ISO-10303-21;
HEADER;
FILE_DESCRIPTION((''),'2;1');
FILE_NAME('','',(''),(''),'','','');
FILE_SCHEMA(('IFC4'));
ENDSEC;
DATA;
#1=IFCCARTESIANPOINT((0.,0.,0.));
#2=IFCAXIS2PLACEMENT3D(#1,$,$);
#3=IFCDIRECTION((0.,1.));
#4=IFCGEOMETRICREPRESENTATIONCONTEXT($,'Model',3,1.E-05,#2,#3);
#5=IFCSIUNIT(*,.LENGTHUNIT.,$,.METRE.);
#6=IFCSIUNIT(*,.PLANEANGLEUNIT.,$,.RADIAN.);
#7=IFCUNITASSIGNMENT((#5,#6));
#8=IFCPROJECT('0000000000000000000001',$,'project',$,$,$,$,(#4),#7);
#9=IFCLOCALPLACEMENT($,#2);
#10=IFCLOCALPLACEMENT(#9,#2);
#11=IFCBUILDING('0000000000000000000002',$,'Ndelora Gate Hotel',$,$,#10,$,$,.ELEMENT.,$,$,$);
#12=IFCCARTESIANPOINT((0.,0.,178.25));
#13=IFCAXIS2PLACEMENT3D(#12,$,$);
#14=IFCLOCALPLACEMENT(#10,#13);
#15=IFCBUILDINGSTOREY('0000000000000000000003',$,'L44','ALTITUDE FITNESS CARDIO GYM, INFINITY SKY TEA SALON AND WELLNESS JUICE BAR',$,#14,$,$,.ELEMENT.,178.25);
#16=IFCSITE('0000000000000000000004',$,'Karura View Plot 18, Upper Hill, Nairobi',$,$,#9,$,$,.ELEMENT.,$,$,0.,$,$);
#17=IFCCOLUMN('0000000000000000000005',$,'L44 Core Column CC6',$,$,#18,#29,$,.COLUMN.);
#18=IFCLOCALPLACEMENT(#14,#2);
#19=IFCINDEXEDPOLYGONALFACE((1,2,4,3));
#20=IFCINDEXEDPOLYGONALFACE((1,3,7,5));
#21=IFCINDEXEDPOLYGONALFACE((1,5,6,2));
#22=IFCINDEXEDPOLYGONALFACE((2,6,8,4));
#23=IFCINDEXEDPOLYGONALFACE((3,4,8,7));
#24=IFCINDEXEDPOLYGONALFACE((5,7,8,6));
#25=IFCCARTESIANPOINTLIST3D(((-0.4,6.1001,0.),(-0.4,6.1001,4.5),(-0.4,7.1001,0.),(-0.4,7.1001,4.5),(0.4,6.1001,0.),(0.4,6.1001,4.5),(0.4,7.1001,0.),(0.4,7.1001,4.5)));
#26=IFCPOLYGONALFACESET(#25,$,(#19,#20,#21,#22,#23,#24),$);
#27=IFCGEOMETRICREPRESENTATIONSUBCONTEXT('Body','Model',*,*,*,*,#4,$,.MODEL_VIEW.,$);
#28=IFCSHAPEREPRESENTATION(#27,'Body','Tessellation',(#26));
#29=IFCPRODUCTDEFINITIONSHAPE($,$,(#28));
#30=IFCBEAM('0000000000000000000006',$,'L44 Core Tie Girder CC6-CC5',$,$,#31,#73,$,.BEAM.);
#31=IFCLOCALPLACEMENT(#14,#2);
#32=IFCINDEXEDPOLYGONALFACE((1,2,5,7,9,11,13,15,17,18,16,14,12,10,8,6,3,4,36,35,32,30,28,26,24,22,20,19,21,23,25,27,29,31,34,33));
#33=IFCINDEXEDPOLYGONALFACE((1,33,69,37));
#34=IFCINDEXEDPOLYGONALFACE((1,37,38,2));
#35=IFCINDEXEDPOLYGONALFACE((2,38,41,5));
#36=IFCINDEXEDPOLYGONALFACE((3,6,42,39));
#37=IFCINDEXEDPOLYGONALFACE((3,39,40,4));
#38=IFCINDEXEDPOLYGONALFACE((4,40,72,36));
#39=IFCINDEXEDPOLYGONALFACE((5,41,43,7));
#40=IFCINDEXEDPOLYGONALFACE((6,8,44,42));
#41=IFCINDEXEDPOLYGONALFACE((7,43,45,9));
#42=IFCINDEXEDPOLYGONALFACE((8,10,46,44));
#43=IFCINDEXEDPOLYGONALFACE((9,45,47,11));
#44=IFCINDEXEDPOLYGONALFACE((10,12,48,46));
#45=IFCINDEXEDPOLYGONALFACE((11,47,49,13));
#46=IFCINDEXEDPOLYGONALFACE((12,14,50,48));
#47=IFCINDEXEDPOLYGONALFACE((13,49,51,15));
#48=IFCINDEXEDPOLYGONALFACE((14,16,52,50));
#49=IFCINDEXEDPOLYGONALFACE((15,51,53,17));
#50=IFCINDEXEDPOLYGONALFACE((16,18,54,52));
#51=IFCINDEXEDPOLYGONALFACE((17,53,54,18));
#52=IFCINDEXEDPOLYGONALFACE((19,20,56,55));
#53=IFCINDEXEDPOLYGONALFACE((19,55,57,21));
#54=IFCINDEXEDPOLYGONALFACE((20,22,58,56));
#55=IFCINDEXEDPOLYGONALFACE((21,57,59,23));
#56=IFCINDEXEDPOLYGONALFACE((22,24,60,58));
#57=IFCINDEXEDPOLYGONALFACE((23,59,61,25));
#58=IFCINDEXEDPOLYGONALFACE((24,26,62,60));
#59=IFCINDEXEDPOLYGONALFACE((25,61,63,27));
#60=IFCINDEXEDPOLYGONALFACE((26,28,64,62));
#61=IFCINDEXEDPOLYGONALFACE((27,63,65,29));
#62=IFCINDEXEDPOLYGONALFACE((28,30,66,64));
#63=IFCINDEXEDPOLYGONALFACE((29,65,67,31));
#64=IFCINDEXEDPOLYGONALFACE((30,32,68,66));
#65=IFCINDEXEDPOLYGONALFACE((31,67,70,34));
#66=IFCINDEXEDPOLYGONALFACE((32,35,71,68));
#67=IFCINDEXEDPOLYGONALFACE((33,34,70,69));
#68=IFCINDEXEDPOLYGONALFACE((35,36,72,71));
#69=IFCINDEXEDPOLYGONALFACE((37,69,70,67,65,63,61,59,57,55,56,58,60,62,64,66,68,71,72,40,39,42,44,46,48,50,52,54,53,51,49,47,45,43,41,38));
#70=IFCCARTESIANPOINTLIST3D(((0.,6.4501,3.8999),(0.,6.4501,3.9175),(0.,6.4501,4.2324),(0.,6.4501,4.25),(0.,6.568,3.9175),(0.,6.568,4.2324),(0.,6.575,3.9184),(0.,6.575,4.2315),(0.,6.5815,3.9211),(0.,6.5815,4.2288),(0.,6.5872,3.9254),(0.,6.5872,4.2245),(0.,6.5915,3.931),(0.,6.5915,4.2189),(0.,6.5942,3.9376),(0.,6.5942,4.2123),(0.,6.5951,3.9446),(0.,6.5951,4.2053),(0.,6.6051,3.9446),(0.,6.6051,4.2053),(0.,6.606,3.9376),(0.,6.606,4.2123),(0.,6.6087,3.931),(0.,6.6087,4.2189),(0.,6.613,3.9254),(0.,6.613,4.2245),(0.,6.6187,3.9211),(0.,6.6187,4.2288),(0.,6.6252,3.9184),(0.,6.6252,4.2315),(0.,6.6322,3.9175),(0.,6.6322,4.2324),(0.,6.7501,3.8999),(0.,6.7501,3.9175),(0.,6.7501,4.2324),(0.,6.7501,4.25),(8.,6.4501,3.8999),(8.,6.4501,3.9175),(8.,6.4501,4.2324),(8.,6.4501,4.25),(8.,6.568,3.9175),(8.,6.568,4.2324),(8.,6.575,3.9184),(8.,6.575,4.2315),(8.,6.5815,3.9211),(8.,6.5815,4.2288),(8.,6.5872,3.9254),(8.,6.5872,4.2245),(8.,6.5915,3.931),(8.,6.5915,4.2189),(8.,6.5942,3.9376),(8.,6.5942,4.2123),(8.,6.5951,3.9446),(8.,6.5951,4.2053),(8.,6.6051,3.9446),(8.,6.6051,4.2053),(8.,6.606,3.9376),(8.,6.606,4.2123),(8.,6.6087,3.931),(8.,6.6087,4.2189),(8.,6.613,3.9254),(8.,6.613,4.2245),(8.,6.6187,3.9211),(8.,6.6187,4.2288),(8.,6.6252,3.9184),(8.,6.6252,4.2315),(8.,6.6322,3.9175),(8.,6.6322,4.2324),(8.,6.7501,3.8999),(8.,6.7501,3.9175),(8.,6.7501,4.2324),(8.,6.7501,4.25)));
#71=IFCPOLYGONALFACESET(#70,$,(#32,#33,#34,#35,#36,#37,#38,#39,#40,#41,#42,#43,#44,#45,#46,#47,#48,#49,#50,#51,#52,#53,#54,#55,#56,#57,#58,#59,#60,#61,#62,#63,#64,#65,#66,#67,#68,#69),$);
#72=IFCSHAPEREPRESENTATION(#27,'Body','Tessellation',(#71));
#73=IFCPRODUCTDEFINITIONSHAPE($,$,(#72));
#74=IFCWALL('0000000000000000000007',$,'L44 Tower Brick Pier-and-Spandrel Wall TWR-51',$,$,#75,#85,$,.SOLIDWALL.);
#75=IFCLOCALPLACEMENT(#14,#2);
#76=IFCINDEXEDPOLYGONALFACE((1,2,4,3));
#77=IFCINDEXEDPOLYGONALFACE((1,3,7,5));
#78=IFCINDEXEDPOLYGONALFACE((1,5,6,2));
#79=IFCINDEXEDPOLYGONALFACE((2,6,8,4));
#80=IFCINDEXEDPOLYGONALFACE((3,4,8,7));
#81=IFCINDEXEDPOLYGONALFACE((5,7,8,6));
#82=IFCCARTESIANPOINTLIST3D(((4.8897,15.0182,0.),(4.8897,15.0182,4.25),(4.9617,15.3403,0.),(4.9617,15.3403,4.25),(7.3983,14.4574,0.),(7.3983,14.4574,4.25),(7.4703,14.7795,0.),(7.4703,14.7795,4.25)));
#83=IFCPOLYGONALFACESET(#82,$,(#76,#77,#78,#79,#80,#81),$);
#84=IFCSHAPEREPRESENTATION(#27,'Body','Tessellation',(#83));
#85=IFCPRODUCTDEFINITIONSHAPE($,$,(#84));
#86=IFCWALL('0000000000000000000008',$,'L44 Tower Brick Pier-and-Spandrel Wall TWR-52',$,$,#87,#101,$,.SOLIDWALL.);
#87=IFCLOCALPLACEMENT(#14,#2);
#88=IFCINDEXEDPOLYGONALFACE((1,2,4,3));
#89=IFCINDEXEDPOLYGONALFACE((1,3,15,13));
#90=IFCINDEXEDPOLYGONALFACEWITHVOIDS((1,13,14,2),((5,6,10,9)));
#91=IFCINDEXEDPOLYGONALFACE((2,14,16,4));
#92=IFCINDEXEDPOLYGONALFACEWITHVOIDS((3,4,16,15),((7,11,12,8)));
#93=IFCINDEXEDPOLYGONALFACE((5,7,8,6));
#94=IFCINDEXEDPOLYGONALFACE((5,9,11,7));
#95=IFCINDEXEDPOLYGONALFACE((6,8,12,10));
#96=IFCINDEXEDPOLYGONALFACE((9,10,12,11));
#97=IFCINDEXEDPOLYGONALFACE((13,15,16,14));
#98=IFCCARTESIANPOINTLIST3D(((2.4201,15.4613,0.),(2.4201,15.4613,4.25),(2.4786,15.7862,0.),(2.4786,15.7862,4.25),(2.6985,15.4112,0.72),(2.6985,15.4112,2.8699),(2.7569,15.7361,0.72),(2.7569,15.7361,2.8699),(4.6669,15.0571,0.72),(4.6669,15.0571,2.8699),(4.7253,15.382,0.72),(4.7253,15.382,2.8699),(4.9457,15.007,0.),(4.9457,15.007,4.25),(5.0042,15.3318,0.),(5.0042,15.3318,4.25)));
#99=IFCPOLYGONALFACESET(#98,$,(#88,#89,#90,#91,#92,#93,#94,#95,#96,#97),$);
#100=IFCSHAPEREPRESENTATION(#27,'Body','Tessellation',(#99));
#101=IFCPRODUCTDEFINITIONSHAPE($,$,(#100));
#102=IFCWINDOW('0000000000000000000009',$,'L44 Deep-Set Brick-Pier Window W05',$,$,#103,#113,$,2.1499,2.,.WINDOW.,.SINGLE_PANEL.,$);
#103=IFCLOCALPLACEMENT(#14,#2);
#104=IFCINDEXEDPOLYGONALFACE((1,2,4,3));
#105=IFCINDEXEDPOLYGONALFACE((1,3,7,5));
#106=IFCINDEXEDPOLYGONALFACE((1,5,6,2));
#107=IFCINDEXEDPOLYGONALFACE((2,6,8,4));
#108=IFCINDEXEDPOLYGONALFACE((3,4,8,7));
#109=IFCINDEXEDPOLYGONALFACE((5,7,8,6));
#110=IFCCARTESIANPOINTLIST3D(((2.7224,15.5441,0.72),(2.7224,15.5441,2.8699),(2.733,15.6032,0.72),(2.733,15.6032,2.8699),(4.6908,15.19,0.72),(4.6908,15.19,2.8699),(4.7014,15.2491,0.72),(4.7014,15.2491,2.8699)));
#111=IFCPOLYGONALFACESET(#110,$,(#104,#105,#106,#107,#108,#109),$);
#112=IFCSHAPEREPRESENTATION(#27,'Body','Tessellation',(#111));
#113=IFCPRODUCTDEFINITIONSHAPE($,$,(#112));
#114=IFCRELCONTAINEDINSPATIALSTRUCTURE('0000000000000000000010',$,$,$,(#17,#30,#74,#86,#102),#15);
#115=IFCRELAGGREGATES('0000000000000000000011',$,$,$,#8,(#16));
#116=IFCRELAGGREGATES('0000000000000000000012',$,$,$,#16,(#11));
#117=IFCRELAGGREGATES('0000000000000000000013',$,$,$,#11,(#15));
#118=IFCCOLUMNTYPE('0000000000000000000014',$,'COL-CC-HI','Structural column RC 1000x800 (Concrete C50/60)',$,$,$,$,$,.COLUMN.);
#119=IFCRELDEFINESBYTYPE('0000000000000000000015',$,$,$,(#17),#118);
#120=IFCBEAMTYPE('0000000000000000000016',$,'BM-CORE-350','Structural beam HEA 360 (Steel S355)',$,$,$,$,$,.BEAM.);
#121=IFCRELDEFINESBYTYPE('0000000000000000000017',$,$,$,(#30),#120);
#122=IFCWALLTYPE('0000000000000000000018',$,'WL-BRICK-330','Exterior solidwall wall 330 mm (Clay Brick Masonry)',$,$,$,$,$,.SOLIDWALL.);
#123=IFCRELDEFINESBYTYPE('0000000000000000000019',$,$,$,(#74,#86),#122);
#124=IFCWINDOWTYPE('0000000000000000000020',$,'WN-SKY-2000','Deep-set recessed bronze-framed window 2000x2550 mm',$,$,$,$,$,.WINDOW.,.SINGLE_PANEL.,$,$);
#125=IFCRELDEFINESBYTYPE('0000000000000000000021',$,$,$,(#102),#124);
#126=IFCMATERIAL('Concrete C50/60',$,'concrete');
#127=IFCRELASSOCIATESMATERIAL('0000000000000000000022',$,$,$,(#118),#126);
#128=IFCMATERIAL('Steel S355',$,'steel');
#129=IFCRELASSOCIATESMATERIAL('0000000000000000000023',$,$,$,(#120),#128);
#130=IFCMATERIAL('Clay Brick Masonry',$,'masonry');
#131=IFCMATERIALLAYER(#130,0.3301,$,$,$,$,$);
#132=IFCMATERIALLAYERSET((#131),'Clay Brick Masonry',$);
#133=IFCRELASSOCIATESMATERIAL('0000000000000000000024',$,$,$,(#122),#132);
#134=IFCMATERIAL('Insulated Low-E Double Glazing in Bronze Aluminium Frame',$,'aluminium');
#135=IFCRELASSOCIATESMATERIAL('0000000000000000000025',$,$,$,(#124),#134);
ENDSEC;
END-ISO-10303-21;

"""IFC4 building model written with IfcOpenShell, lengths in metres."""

from ifc_helpers import new_model, si_unit, direction, frame, frame_2d, origin, origin_2d, place, context, subcontext, project, spatial, rectangle, i_section, extrude, material, layer, layer_set, material_profile, profile_set, type_object, element, fill, save


model = new_model("IFC4")

# Units and contexts
model_context = context("Model", 3, precision=1e-05, world=origin(), true_north=direction((0.0, 1.0)))
body_context = subcontext(model_context, "Body", "Model", "MODEL_VIEW")
ifc_project = project(units=[si_unit("LENGTHUNIT", "METRE"), si_unit("PLANEANGLEUNIT", "RADIAN")], contexts=[model_context])

# Site, building, storey
site_placement = place(None, origin())
site = spatial("IfcSite", under=ifc_project, at=site_placement, Name="Karura View Plot 18, Upper Hill, Nairobi", CompositionType="ELEMENT", RefElevation=0.0)
building_placement = place(site_placement, origin())
building = spatial("IfcBuilding", under=site, at=building_placement, Name="Ndelora Gate Hotel", CompositionType="ELEMENT")
storey_placement = place(building_placement, frame((0.0, 0.0, 178.25)))
storey = spatial("IfcBuildingStorey", under=building, at=storey_placement, Name="L44", Description="ALTITUDE FITNESS CARDIO GYM, INFINITY SKY TEA SALON AND WELLNESS JUICE BAR", CompositionType="ELEMENT", Elevation=178.25)

# Column
ifc_material_1 = material(Name="Concrete C50/60", Category="concrete")
ifc_material_profile_1 = material_profile(ifc_material_1, rectangle(XDim=0.8, YDim=1.0, at=origin_2d()), Name="RC 1000x800")
ifc_profile_set_1 = profile_set([ifc_material_profile_1], Name="Concrete C50/60")
column_type = type_object("IfcColumnType", Name="COL-CC-HI", Description="Structural column RC 1000x800 (Concrete C50/60)", PredefinedType="COLUMN", material=ifc_profile_set_1)
column_placement = place(storey_placement, frame((0.0, 6.6001, 0.0), z_axis=(0.0, 0.0, 1.0), x_axis=(1.0, 0.0, 0.0)))
element("IfcColumn", 1, at=column_placement, inside=storey, type_object=column_type, Name="L44 Core Column CC6", PredefinedType="COLUMN", context=body_context, shape_type="SweptSolid", body=[
    extrude(rectangle(XDim=0.8, YDim=1.0, at=origin_2d()), origin(), (0.0, 0.0, 1.0), 4.5),
])

# Beam
ifc_material_2 = material(Name="Steel S355", Category="steel")
ifc_material_profile_2 = material_profile(ifc_material_2, i_section(OverallWidth=0.3, OverallDepth=0.3501, WebThickness=0.01, FlangeThickness=0.0176, FilletRadius=0.0271, at=origin_2d()), Name="HEA 360")
ifc_profile_set_2 = profile_set([ifc_material_profile_2], Name="Steel S355")
beam_type = type_object("IfcBeamType", Name="BM-CORE-350", Description="Structural beam HEA 360 (Steel S355)", PredefinedType="BEAM", material=ifc_profile_set_2)
beam_placement = place(storey_placement, frame((0.0, 6.6001, 4.075), z_axis=(1.0, 0.0, 0.0), x_axis=(0.0, 1.0, 0.0)))
element("IfcBeam", 2, at=beam_placement, inside=storey, type_object=beam_type, Name="L44 Core Tie Girder CC6-CC5", PredefinedType="BEAM", context=body_context, shape_type="SweptSolid", body=[
    extrude(i_section(OverallWidth=0.3, OverallDepth=0.3501, WebThickness=0.01, FlangeThickness=0.0176, FilletRadius=0.0271, at=origin_2d()), origin(), (0.0, 0.0, 1.0), 8.0),
])

# Wall
ifc_material_3 = material(Name="Clay Brick Masonry", Category="masonry")
ifc_layer_1 = layer(ifc_material_3, 0.3301)
ifc_layer_set_1 = layer_set([ifc_layer_1], Name="Clay Brick Masonry")
wall_type_1 = type_object("IfcWallType", Name="WL-BRICK-330", Description="Exterior solidwall wall 330 mm (Clay Brick Masonry)", PredefinedType="SOLIDWALL", material=ifc_layer_set_1)
wall_1_placement = place(storey_placement, frame((4.9258, 15.1792, 0.0), z_axis=(0.0, 0.0, 1.0), x_axis=(0.975911, -0.218167, 0.0)))
element("IfcWall", 3, at=wall_1_placement, inside=storey, type_object=wall_type_1, Name="L44 Tower Brick Pier-and-Spandrel Wall TWR-51", PredefinedType="SOLIDWALL", context=body_context, shape_type="SweptSolid", body=[
    extrude(rectangle(XDim=2.5706, YDim=0.3301, at=frame_2d((1.2852, 0.0))), origin(), (0.0, 0.0, 1.0), 4.25),
])

# Wall, opening, window
wall_2_placement = place(storey_placement, frame((2.4492, 15.6238, 0.0), z_axis=(0.0, 0.0, 1.0), x_axis=(0.984202, -0.177052, 0.0)))
wall_2 = element("IfcWall", 4, at=wall_2_placement, inside=storey, type_object=wall_type_1, Name="L44 Tower Brick Pier-and-Spandrel Wall TWR-52", PredefinedType="SOLIDWALL", context=body_context, shape_type="SweptSolid", body=[
    extrude(rectangle(XDim=2.5662, YDim=0.3301, at=frame_2d((1.2832, 0.0))), origin(), (0.0, 0.0, 1.0), 4.25),
])
opening_1_placement = place(wall_2_placement, frame((0.283, 0.0, 0.72)))
opening_1 = element("IfcOpeningElement", 5, at=opening_1_placement, cuts=wall_2, PredefinedType="OPENING", context=body_context, shape_type="SweptSolid", body=[
    extrude(rectangle(XDim=2.0, YDim=2.1499, at=frame_2d((1.0, 1.075))), frame((0.0, 0.175, 0.0), z_axis=(0.0, -1.0, 0.0), x_axis=(1.0, 0.0, 0.0)), (0.0, 0.0, 1.0), 0.3501),
])
ifc_material_4 = material(Name="Insulated Low-E Double Glazing in Bronze Aluminium Frame", Category="aluminium")
window_type = type_object("IfcWindowType", Name="WN-SKY-2000", Description="Deep-set recessed bronze-framed window 2000x2550 mm", PartitioningType="SINGLE_PANEL", PredefinedType="WINDOW", material=ifc_material_4)
window_placement = place(opening_1_placement, origin())
window = element("IfcWindow", 6, at=window_placement, inside=storey, type_object=window_type, Name="L44 Deep-Set Brick-Pier Window W05", OverallHeight=2.1499, OverallWidth=2.0, PartitioningType="SINGLE_PANEL", PredefinedType="WINDOW", context=body_context, shape_type="SweptSolid", body=[
    extrude(rectangle(XDim=2.0, YDim=2.1499, at=frame_2d((1.0, 1.075))), frame((0.0, 0.03, 0.0), z_axis=(0.0, -1.0, 0.0), x_axis=(1.0, 0.0, 0.0)), (0.0, 0.0, 1.0), 0.0601),
])
fill(opening_1, window)

save(model, "model.ifc")
